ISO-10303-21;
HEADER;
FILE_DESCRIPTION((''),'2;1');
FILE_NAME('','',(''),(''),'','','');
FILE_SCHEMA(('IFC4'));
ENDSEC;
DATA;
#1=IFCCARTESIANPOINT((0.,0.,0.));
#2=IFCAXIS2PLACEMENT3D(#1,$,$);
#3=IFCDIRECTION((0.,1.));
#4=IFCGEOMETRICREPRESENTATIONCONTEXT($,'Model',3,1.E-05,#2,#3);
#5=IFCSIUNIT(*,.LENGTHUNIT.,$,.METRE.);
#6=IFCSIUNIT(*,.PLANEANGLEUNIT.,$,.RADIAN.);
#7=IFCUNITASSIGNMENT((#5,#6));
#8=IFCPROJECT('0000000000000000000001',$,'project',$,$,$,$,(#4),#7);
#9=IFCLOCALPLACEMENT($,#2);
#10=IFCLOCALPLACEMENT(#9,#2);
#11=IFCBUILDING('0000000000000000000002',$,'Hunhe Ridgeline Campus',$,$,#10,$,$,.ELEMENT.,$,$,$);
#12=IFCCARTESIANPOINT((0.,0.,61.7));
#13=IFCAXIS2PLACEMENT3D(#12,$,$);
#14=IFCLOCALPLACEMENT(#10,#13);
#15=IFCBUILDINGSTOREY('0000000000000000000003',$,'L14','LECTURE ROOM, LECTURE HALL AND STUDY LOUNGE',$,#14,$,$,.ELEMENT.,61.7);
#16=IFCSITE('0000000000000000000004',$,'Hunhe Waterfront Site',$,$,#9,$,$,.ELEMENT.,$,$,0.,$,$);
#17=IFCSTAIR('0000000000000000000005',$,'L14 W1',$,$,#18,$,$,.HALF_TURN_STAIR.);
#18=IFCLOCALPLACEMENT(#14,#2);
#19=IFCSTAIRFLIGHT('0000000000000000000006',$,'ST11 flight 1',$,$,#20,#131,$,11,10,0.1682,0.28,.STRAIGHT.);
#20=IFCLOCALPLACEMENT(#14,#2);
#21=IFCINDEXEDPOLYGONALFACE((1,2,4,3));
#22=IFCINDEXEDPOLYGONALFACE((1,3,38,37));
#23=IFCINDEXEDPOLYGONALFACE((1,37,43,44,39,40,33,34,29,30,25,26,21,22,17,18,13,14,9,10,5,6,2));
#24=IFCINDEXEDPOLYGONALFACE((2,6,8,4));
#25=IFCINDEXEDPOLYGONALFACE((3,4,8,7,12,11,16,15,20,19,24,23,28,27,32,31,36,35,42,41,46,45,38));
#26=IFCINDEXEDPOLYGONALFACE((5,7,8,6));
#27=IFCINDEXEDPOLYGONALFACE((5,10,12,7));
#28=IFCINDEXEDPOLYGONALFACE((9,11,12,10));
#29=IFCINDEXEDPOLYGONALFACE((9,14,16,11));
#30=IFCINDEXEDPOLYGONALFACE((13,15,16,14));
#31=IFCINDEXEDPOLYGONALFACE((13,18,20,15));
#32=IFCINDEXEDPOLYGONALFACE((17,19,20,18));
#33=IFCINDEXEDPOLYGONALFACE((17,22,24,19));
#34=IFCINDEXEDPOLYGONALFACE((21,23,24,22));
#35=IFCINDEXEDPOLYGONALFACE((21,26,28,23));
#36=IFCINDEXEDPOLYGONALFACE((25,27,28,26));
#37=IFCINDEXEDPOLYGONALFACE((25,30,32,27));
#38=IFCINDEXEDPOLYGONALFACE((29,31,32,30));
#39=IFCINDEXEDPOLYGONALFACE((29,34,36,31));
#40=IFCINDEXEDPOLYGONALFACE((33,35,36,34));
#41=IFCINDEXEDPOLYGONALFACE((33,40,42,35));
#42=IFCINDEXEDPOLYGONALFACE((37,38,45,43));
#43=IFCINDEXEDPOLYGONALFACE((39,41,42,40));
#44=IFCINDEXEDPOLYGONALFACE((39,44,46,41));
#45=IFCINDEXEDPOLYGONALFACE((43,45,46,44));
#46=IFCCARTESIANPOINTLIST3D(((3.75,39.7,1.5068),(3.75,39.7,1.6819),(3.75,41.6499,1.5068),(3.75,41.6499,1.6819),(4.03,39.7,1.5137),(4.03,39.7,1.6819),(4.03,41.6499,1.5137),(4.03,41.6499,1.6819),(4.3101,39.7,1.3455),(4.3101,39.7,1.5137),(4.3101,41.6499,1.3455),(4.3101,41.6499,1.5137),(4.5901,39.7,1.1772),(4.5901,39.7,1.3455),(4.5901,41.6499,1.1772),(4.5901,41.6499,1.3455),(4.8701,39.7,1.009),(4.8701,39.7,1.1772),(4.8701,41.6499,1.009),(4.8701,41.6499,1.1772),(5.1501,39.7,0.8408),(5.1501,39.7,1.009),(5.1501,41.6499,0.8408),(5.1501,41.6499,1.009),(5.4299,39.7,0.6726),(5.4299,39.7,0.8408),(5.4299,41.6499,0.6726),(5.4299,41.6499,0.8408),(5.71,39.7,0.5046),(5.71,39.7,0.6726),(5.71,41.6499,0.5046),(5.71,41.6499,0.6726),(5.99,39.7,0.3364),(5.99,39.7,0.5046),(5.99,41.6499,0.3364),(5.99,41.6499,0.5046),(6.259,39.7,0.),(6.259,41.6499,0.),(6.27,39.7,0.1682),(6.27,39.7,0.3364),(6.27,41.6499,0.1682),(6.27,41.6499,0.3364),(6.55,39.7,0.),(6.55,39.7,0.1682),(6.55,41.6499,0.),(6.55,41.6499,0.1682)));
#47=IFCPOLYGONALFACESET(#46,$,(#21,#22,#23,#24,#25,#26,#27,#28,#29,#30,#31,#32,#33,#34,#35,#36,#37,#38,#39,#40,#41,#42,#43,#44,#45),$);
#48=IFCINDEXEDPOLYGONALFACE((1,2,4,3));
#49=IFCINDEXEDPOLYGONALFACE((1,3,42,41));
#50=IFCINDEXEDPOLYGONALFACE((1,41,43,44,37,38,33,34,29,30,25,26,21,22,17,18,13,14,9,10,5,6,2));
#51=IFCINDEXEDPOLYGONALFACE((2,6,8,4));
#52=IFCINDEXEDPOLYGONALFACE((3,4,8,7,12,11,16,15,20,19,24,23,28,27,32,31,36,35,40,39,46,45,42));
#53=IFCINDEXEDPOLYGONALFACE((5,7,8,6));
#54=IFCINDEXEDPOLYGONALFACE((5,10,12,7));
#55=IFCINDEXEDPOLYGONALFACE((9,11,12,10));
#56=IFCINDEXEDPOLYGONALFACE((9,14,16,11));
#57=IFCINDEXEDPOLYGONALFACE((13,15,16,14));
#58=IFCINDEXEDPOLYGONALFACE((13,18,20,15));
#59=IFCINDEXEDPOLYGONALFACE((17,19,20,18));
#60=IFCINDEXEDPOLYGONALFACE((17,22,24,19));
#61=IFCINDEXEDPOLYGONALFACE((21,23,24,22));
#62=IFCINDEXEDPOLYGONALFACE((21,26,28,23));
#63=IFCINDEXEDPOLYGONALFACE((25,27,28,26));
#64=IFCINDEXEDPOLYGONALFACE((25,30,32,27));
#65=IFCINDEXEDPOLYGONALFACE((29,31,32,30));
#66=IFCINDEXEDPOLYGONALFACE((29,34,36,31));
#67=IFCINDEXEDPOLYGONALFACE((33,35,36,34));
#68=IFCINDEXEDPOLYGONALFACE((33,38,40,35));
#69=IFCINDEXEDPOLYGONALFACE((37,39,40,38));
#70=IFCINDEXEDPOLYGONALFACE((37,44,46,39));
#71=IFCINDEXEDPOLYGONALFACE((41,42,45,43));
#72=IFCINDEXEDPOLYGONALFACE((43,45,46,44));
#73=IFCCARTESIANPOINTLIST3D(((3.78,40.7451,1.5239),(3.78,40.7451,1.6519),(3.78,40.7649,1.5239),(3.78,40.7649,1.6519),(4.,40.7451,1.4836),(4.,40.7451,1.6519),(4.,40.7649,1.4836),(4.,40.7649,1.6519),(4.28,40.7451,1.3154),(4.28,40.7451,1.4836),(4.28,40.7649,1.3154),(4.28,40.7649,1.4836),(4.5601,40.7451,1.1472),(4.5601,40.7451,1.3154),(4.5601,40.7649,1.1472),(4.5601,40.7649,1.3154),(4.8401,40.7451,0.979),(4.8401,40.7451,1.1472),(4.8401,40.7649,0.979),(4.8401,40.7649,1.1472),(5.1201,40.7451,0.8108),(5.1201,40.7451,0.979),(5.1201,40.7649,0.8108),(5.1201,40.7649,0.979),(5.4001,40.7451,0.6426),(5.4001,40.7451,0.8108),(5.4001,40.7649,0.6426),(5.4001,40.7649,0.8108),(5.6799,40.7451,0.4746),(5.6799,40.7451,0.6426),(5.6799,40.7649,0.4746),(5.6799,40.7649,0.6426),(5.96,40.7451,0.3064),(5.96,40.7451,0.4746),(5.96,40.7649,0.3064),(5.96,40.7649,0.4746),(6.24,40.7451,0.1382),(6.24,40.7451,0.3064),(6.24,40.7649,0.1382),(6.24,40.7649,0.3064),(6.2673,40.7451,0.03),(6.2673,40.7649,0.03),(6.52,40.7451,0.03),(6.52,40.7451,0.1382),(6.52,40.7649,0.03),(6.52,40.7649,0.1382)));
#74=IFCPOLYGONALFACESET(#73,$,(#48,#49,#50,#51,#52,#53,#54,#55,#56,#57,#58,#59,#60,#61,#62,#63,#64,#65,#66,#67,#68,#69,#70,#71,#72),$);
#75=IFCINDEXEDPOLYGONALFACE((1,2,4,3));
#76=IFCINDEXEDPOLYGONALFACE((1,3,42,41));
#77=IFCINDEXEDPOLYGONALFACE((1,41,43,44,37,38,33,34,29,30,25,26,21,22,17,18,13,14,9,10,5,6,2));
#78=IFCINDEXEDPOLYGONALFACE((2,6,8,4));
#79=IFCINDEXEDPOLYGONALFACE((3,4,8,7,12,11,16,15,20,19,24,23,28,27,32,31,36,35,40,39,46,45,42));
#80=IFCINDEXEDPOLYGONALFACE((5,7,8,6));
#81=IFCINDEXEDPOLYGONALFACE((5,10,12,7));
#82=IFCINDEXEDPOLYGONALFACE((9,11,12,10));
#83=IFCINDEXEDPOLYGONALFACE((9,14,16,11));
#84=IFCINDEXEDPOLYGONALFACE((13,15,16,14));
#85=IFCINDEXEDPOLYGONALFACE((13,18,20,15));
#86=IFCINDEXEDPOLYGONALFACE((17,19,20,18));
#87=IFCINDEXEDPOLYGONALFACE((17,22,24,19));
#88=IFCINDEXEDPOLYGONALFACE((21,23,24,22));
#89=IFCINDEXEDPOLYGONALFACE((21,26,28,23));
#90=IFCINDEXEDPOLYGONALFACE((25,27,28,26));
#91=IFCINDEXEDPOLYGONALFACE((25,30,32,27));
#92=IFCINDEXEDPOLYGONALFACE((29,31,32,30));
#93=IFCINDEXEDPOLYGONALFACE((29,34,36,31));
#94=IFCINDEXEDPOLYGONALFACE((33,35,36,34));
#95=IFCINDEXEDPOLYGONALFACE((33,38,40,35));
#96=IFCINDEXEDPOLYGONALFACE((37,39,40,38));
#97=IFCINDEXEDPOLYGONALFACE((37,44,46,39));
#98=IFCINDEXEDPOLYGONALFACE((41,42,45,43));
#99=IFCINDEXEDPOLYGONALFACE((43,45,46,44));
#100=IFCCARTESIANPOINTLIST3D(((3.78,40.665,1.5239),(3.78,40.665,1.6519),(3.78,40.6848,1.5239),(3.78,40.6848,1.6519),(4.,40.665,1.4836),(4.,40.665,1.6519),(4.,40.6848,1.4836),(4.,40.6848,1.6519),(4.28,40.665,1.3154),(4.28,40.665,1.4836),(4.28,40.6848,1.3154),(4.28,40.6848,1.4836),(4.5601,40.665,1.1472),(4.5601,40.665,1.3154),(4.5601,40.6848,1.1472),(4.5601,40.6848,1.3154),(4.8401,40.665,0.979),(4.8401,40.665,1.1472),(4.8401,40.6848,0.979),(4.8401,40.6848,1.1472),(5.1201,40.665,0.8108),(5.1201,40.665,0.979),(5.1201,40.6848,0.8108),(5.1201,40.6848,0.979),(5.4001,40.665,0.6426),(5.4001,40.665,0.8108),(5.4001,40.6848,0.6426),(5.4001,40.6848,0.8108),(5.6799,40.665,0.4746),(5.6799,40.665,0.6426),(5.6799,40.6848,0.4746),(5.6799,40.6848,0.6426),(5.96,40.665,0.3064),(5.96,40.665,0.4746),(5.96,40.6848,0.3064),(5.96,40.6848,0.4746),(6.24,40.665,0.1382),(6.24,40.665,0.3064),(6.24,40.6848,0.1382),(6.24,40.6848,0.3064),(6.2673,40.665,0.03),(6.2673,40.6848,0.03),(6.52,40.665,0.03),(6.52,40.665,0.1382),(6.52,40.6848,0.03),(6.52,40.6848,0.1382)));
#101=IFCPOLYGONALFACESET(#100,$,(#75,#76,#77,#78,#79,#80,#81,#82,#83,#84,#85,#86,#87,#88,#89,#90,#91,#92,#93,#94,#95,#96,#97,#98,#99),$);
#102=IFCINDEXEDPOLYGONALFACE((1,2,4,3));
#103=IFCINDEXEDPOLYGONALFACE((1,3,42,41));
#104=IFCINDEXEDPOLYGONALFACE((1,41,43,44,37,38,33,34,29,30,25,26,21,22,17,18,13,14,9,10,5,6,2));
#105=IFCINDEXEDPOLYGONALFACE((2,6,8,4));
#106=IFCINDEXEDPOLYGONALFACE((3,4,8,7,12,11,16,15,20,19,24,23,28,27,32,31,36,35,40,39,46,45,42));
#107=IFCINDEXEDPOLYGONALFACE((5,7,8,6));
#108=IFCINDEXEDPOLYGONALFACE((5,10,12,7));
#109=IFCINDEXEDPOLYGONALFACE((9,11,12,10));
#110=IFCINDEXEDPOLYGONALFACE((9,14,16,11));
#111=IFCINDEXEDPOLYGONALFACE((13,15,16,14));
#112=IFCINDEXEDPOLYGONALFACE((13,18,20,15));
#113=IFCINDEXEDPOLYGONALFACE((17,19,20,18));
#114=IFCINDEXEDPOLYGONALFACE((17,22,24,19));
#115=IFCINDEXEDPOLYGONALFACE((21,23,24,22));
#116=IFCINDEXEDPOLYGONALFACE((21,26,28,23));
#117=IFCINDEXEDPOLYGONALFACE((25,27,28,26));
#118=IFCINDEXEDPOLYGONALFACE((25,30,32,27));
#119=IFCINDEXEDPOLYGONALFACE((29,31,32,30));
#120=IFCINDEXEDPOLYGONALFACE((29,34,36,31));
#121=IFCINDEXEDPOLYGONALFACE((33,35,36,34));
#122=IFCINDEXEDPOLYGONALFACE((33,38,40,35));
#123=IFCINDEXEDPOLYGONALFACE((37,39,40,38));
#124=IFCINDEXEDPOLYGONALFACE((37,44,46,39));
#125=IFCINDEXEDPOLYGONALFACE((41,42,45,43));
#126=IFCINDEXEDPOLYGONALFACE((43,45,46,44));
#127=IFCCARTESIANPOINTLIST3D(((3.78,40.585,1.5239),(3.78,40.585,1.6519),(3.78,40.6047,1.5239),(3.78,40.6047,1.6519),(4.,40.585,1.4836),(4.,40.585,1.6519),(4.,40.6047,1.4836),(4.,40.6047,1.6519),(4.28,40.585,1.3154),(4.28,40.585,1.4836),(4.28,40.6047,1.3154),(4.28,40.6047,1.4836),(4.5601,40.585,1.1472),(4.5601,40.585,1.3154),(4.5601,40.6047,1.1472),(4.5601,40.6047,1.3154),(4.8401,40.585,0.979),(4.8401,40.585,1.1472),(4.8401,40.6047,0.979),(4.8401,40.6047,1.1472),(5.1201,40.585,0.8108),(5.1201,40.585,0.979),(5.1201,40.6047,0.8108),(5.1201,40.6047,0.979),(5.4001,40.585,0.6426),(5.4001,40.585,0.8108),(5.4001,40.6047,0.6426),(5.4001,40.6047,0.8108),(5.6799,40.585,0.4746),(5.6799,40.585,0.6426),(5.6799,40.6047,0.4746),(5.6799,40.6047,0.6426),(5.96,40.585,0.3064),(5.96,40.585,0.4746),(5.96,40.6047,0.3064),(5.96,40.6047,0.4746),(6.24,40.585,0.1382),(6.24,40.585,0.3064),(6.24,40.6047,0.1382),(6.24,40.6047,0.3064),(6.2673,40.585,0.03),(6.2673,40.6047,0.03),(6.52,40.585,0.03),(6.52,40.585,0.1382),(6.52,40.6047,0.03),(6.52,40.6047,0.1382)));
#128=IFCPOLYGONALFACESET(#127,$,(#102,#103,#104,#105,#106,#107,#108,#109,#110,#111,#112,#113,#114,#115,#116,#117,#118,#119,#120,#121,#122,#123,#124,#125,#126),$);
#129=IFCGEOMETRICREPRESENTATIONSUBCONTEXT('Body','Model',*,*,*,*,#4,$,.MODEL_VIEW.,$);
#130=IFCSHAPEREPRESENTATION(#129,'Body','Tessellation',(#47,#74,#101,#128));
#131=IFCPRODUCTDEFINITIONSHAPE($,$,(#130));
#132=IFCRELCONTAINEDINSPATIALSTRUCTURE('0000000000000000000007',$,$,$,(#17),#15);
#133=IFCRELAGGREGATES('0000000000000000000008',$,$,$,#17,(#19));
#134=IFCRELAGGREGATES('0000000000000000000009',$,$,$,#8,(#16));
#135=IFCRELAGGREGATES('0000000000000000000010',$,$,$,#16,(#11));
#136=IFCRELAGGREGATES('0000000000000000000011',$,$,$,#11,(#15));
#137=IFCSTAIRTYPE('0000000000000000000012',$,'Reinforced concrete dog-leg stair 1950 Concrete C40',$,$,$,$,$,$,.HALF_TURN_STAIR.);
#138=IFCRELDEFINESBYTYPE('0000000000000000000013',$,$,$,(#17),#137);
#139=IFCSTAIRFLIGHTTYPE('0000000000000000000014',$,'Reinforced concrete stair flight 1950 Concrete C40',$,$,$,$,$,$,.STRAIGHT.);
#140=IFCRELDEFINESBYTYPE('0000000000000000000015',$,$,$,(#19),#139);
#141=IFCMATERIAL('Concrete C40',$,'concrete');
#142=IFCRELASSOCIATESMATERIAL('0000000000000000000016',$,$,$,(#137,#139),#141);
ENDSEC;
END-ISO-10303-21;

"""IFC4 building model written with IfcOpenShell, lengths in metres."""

from ifc_helpers import new_model, si_unit, direction, frame, origin, place, context, subcontext, project, spatial, polyline, outline, extrude, material, type_object, element, aggregate, save


model = new_model("IFC4")

# Units and contexts
model_context = context("Model", 3, precision=1e-05, world=origin(), true_north=direction((0.0, 1.0)))
body_context = subcontext(model_context, "Body", "Model", "MODEL_VIEW")
ifc_project = project(units=[si_unit("LENGTHUNIT", "METRE"), si_unit("PLANEANGLEUNIT", "RADIAN")], contexts=[model_context])

# Site, building, storey
site_placement = place(None, origin())
site = spatial("IfcSite", under=ifc_project, at=site_placement, Name="Hunhe Waterfront Site", CompositionType="ELEMENT", RefElevation=0.0)
building_placement = place(site_placement, origin())
building = spatial("IfcBuilding", under=site, at=building_placement, Name="Hunhe Ridgeline Campus", CompositionType="ELEMENT")
storey_placement = place(building_placement, frame((0.0, 0.0, 61.7)))
storey = spatial("IfcBuildingStorey", under=building, at=storey_placement, Name="L14", Description="LECTURE ROOM, LECTURE HALL AND STUDY LOUNGE", CompositionType="ELEMENT", Elevation=61.7)

# Stair, stair flight
ifc_material_1 = material(Name="Concrete C40", Category="concrete")
stair_type = type_object("IfcStairType", Name="Reinforced concrete dog-leg stair 1950 Concrete C40", PredefinedType="HALF_TURN_STAIR", material=ifc_material_1)
stair_placement = place(storey_placement, origin())
stair = element("IfcStair", 1, at=stair_placement, inside=storey, type_object=stair_type, Name="L14 W1", PredefinedType="HALF_TURN_STAIR")
stair_flight_type = type_object("IfcStairFlightType", Name="Reinforced concrete stair flight 1950 Concrete C40", PredefinedType="STRAIGHT", material=ifc_material_1)
stair_flight_1_placement = place(storey_placement, frame((6.55, 40.675, 0.0), z_axis=(0.0, 0.0, 1.0), x_axis=(-1.0, 0.0, 0.0)))
stair_flight_1 = element("IfcStairFlight", 2, at=stair_flight_1_placement, type_object=stair_flight_type, Name="ST11 flight 1", NumberOfRisers=11, NumberOfTreads=10, PredefinedType="STRAIGHT", RiserHeight=0.1682, TreadLength=0.28, context=body_context, shape_type="SweptSolid", body=[
    extrude(outline(polyline([(0.0, 0.0), (0.0, 0.1682), (0.28, 0.1682), (0.28, 0.3364), (0.5601, 0.3364), (0.5601, 0.5046), (0.8401, 0.5046), (0.8401, 0.6726), (1.1201, 0.6726), (1.1201, 0.8408), (1.3999, 0.8408), (1.3999, 1.009), (1.6799, 1.009), (1.6799, 1.1772), (1.96, 1.1772), (1.96, 1.3455), (2.24, 1.3455), (2.24, 1.5137), (2.52, 1.5137), (2.52, 1.6819), (2.8, 1.6819), (2.8, 1.8501), (2.8, 1.5068), (0.291, 0.0), (0.0, 0.0)])), frame((0.0, 0.9751, 0.0), z_axis=(0.0, -1.0, 0.0), x_axis=(1.0, 0.0, 0.0)), (0.0, 0.0, 1.0), 1.95),
    extrude(outline(polyline([(0.03, 0.03), (0.03, 0.1382), (0.3101, 0.1382), (0.3101, 0.3064), (0.5901, 0.3064), (0.5901, 0.4746), (0.8701, 0.4746), (0.8701, 0.6426), (1.1499, 0.6426), (1.1499, 0.8108), (1.4299, 0.8108), (1.4299, 0.979), (1.71, 0.979), (1.71, 1.1472), (1.99, 1.1472), (1.99, 1.3154), (2.27, 1.3154), (2.27, 1.4836), (2.55, 1.4836), (2.55, 1.6519), (2.77, 1.6519), (2.77, 1.5239), (0.2827, 0.03), (0.03, 0.03)])), frame((0.0, -0.0701, 0.0), z_axis=(0.0, -1.0, 0.0), x_axis=(1.0, 0.0, 0.0)), (0.0, 0.0, 1.0), 0.0198),
    extrude(outline(polyline([(0.03, 0.03), (0.03, 0.1382), (0.3101, 0.1382), (0.3101, 0.3064), (0.5901, 0.3064), (0.5901, 0.4746), (0.8701, 0.4746), (0.8701, 0.6426), (1.1499, 0.6426), (1.1499, 0.8108), (1.4299, 0.8108), (1.4299, 0.979), (1.71, 0.979), (1.71, 1.1472), (1.99, 1.1472), (1.99, 1.3154), (2.27, 1.3154), (2.27, 1.4836), (2.55, 1.4836), (2.55, 1.6519), (2.77, 1.6519), (2.77, 1.5239), (0.2827, 0.03), (0.03, 0.03)])), frame((0.0, 0.01, 0.0), z_axis=(0.0, -1.0, 0.0), x_axis=(1.0, 0.0, 0.0)), (0.0, 0.0, 1.0), 0.0198),
    extrude(outline(polyline([(0.03, 0.03), (0.03, 0.1382), (0.3101, 0.1382), (0.3101, 0.3064), (0.5901, 0.3064), (0.5901, 0.4746), (0.8701, 0.4746), (0.8701, 0.6426), (1.1499, 0.6426), (1.1499, 0.8108), (1.4299, 0.8108), (1.4299, 0.979), (1.71, 0.979), (1.71, 1.1472), (1.99, 1.1472), (1.99, 1.3154), (2.27, 1.3154), (2.27, 1.4836), (2.55, 1.4836), (2.55, 1.6519), (2.77, 1.6519), (2.77, 1.5239), (0.2827, 0.03), (0.03, 0.03)])), frame((0.0, 0.0901, 0.0), z_axis=(0.0, -1.0, 0.0), x_axis=(1.0, 0.0, 0.0)), (0.0, 0.0, 1.0), 0.0198),
])
aggregate(stair, [stair_flight_1])

save(model, "model.ifc")
